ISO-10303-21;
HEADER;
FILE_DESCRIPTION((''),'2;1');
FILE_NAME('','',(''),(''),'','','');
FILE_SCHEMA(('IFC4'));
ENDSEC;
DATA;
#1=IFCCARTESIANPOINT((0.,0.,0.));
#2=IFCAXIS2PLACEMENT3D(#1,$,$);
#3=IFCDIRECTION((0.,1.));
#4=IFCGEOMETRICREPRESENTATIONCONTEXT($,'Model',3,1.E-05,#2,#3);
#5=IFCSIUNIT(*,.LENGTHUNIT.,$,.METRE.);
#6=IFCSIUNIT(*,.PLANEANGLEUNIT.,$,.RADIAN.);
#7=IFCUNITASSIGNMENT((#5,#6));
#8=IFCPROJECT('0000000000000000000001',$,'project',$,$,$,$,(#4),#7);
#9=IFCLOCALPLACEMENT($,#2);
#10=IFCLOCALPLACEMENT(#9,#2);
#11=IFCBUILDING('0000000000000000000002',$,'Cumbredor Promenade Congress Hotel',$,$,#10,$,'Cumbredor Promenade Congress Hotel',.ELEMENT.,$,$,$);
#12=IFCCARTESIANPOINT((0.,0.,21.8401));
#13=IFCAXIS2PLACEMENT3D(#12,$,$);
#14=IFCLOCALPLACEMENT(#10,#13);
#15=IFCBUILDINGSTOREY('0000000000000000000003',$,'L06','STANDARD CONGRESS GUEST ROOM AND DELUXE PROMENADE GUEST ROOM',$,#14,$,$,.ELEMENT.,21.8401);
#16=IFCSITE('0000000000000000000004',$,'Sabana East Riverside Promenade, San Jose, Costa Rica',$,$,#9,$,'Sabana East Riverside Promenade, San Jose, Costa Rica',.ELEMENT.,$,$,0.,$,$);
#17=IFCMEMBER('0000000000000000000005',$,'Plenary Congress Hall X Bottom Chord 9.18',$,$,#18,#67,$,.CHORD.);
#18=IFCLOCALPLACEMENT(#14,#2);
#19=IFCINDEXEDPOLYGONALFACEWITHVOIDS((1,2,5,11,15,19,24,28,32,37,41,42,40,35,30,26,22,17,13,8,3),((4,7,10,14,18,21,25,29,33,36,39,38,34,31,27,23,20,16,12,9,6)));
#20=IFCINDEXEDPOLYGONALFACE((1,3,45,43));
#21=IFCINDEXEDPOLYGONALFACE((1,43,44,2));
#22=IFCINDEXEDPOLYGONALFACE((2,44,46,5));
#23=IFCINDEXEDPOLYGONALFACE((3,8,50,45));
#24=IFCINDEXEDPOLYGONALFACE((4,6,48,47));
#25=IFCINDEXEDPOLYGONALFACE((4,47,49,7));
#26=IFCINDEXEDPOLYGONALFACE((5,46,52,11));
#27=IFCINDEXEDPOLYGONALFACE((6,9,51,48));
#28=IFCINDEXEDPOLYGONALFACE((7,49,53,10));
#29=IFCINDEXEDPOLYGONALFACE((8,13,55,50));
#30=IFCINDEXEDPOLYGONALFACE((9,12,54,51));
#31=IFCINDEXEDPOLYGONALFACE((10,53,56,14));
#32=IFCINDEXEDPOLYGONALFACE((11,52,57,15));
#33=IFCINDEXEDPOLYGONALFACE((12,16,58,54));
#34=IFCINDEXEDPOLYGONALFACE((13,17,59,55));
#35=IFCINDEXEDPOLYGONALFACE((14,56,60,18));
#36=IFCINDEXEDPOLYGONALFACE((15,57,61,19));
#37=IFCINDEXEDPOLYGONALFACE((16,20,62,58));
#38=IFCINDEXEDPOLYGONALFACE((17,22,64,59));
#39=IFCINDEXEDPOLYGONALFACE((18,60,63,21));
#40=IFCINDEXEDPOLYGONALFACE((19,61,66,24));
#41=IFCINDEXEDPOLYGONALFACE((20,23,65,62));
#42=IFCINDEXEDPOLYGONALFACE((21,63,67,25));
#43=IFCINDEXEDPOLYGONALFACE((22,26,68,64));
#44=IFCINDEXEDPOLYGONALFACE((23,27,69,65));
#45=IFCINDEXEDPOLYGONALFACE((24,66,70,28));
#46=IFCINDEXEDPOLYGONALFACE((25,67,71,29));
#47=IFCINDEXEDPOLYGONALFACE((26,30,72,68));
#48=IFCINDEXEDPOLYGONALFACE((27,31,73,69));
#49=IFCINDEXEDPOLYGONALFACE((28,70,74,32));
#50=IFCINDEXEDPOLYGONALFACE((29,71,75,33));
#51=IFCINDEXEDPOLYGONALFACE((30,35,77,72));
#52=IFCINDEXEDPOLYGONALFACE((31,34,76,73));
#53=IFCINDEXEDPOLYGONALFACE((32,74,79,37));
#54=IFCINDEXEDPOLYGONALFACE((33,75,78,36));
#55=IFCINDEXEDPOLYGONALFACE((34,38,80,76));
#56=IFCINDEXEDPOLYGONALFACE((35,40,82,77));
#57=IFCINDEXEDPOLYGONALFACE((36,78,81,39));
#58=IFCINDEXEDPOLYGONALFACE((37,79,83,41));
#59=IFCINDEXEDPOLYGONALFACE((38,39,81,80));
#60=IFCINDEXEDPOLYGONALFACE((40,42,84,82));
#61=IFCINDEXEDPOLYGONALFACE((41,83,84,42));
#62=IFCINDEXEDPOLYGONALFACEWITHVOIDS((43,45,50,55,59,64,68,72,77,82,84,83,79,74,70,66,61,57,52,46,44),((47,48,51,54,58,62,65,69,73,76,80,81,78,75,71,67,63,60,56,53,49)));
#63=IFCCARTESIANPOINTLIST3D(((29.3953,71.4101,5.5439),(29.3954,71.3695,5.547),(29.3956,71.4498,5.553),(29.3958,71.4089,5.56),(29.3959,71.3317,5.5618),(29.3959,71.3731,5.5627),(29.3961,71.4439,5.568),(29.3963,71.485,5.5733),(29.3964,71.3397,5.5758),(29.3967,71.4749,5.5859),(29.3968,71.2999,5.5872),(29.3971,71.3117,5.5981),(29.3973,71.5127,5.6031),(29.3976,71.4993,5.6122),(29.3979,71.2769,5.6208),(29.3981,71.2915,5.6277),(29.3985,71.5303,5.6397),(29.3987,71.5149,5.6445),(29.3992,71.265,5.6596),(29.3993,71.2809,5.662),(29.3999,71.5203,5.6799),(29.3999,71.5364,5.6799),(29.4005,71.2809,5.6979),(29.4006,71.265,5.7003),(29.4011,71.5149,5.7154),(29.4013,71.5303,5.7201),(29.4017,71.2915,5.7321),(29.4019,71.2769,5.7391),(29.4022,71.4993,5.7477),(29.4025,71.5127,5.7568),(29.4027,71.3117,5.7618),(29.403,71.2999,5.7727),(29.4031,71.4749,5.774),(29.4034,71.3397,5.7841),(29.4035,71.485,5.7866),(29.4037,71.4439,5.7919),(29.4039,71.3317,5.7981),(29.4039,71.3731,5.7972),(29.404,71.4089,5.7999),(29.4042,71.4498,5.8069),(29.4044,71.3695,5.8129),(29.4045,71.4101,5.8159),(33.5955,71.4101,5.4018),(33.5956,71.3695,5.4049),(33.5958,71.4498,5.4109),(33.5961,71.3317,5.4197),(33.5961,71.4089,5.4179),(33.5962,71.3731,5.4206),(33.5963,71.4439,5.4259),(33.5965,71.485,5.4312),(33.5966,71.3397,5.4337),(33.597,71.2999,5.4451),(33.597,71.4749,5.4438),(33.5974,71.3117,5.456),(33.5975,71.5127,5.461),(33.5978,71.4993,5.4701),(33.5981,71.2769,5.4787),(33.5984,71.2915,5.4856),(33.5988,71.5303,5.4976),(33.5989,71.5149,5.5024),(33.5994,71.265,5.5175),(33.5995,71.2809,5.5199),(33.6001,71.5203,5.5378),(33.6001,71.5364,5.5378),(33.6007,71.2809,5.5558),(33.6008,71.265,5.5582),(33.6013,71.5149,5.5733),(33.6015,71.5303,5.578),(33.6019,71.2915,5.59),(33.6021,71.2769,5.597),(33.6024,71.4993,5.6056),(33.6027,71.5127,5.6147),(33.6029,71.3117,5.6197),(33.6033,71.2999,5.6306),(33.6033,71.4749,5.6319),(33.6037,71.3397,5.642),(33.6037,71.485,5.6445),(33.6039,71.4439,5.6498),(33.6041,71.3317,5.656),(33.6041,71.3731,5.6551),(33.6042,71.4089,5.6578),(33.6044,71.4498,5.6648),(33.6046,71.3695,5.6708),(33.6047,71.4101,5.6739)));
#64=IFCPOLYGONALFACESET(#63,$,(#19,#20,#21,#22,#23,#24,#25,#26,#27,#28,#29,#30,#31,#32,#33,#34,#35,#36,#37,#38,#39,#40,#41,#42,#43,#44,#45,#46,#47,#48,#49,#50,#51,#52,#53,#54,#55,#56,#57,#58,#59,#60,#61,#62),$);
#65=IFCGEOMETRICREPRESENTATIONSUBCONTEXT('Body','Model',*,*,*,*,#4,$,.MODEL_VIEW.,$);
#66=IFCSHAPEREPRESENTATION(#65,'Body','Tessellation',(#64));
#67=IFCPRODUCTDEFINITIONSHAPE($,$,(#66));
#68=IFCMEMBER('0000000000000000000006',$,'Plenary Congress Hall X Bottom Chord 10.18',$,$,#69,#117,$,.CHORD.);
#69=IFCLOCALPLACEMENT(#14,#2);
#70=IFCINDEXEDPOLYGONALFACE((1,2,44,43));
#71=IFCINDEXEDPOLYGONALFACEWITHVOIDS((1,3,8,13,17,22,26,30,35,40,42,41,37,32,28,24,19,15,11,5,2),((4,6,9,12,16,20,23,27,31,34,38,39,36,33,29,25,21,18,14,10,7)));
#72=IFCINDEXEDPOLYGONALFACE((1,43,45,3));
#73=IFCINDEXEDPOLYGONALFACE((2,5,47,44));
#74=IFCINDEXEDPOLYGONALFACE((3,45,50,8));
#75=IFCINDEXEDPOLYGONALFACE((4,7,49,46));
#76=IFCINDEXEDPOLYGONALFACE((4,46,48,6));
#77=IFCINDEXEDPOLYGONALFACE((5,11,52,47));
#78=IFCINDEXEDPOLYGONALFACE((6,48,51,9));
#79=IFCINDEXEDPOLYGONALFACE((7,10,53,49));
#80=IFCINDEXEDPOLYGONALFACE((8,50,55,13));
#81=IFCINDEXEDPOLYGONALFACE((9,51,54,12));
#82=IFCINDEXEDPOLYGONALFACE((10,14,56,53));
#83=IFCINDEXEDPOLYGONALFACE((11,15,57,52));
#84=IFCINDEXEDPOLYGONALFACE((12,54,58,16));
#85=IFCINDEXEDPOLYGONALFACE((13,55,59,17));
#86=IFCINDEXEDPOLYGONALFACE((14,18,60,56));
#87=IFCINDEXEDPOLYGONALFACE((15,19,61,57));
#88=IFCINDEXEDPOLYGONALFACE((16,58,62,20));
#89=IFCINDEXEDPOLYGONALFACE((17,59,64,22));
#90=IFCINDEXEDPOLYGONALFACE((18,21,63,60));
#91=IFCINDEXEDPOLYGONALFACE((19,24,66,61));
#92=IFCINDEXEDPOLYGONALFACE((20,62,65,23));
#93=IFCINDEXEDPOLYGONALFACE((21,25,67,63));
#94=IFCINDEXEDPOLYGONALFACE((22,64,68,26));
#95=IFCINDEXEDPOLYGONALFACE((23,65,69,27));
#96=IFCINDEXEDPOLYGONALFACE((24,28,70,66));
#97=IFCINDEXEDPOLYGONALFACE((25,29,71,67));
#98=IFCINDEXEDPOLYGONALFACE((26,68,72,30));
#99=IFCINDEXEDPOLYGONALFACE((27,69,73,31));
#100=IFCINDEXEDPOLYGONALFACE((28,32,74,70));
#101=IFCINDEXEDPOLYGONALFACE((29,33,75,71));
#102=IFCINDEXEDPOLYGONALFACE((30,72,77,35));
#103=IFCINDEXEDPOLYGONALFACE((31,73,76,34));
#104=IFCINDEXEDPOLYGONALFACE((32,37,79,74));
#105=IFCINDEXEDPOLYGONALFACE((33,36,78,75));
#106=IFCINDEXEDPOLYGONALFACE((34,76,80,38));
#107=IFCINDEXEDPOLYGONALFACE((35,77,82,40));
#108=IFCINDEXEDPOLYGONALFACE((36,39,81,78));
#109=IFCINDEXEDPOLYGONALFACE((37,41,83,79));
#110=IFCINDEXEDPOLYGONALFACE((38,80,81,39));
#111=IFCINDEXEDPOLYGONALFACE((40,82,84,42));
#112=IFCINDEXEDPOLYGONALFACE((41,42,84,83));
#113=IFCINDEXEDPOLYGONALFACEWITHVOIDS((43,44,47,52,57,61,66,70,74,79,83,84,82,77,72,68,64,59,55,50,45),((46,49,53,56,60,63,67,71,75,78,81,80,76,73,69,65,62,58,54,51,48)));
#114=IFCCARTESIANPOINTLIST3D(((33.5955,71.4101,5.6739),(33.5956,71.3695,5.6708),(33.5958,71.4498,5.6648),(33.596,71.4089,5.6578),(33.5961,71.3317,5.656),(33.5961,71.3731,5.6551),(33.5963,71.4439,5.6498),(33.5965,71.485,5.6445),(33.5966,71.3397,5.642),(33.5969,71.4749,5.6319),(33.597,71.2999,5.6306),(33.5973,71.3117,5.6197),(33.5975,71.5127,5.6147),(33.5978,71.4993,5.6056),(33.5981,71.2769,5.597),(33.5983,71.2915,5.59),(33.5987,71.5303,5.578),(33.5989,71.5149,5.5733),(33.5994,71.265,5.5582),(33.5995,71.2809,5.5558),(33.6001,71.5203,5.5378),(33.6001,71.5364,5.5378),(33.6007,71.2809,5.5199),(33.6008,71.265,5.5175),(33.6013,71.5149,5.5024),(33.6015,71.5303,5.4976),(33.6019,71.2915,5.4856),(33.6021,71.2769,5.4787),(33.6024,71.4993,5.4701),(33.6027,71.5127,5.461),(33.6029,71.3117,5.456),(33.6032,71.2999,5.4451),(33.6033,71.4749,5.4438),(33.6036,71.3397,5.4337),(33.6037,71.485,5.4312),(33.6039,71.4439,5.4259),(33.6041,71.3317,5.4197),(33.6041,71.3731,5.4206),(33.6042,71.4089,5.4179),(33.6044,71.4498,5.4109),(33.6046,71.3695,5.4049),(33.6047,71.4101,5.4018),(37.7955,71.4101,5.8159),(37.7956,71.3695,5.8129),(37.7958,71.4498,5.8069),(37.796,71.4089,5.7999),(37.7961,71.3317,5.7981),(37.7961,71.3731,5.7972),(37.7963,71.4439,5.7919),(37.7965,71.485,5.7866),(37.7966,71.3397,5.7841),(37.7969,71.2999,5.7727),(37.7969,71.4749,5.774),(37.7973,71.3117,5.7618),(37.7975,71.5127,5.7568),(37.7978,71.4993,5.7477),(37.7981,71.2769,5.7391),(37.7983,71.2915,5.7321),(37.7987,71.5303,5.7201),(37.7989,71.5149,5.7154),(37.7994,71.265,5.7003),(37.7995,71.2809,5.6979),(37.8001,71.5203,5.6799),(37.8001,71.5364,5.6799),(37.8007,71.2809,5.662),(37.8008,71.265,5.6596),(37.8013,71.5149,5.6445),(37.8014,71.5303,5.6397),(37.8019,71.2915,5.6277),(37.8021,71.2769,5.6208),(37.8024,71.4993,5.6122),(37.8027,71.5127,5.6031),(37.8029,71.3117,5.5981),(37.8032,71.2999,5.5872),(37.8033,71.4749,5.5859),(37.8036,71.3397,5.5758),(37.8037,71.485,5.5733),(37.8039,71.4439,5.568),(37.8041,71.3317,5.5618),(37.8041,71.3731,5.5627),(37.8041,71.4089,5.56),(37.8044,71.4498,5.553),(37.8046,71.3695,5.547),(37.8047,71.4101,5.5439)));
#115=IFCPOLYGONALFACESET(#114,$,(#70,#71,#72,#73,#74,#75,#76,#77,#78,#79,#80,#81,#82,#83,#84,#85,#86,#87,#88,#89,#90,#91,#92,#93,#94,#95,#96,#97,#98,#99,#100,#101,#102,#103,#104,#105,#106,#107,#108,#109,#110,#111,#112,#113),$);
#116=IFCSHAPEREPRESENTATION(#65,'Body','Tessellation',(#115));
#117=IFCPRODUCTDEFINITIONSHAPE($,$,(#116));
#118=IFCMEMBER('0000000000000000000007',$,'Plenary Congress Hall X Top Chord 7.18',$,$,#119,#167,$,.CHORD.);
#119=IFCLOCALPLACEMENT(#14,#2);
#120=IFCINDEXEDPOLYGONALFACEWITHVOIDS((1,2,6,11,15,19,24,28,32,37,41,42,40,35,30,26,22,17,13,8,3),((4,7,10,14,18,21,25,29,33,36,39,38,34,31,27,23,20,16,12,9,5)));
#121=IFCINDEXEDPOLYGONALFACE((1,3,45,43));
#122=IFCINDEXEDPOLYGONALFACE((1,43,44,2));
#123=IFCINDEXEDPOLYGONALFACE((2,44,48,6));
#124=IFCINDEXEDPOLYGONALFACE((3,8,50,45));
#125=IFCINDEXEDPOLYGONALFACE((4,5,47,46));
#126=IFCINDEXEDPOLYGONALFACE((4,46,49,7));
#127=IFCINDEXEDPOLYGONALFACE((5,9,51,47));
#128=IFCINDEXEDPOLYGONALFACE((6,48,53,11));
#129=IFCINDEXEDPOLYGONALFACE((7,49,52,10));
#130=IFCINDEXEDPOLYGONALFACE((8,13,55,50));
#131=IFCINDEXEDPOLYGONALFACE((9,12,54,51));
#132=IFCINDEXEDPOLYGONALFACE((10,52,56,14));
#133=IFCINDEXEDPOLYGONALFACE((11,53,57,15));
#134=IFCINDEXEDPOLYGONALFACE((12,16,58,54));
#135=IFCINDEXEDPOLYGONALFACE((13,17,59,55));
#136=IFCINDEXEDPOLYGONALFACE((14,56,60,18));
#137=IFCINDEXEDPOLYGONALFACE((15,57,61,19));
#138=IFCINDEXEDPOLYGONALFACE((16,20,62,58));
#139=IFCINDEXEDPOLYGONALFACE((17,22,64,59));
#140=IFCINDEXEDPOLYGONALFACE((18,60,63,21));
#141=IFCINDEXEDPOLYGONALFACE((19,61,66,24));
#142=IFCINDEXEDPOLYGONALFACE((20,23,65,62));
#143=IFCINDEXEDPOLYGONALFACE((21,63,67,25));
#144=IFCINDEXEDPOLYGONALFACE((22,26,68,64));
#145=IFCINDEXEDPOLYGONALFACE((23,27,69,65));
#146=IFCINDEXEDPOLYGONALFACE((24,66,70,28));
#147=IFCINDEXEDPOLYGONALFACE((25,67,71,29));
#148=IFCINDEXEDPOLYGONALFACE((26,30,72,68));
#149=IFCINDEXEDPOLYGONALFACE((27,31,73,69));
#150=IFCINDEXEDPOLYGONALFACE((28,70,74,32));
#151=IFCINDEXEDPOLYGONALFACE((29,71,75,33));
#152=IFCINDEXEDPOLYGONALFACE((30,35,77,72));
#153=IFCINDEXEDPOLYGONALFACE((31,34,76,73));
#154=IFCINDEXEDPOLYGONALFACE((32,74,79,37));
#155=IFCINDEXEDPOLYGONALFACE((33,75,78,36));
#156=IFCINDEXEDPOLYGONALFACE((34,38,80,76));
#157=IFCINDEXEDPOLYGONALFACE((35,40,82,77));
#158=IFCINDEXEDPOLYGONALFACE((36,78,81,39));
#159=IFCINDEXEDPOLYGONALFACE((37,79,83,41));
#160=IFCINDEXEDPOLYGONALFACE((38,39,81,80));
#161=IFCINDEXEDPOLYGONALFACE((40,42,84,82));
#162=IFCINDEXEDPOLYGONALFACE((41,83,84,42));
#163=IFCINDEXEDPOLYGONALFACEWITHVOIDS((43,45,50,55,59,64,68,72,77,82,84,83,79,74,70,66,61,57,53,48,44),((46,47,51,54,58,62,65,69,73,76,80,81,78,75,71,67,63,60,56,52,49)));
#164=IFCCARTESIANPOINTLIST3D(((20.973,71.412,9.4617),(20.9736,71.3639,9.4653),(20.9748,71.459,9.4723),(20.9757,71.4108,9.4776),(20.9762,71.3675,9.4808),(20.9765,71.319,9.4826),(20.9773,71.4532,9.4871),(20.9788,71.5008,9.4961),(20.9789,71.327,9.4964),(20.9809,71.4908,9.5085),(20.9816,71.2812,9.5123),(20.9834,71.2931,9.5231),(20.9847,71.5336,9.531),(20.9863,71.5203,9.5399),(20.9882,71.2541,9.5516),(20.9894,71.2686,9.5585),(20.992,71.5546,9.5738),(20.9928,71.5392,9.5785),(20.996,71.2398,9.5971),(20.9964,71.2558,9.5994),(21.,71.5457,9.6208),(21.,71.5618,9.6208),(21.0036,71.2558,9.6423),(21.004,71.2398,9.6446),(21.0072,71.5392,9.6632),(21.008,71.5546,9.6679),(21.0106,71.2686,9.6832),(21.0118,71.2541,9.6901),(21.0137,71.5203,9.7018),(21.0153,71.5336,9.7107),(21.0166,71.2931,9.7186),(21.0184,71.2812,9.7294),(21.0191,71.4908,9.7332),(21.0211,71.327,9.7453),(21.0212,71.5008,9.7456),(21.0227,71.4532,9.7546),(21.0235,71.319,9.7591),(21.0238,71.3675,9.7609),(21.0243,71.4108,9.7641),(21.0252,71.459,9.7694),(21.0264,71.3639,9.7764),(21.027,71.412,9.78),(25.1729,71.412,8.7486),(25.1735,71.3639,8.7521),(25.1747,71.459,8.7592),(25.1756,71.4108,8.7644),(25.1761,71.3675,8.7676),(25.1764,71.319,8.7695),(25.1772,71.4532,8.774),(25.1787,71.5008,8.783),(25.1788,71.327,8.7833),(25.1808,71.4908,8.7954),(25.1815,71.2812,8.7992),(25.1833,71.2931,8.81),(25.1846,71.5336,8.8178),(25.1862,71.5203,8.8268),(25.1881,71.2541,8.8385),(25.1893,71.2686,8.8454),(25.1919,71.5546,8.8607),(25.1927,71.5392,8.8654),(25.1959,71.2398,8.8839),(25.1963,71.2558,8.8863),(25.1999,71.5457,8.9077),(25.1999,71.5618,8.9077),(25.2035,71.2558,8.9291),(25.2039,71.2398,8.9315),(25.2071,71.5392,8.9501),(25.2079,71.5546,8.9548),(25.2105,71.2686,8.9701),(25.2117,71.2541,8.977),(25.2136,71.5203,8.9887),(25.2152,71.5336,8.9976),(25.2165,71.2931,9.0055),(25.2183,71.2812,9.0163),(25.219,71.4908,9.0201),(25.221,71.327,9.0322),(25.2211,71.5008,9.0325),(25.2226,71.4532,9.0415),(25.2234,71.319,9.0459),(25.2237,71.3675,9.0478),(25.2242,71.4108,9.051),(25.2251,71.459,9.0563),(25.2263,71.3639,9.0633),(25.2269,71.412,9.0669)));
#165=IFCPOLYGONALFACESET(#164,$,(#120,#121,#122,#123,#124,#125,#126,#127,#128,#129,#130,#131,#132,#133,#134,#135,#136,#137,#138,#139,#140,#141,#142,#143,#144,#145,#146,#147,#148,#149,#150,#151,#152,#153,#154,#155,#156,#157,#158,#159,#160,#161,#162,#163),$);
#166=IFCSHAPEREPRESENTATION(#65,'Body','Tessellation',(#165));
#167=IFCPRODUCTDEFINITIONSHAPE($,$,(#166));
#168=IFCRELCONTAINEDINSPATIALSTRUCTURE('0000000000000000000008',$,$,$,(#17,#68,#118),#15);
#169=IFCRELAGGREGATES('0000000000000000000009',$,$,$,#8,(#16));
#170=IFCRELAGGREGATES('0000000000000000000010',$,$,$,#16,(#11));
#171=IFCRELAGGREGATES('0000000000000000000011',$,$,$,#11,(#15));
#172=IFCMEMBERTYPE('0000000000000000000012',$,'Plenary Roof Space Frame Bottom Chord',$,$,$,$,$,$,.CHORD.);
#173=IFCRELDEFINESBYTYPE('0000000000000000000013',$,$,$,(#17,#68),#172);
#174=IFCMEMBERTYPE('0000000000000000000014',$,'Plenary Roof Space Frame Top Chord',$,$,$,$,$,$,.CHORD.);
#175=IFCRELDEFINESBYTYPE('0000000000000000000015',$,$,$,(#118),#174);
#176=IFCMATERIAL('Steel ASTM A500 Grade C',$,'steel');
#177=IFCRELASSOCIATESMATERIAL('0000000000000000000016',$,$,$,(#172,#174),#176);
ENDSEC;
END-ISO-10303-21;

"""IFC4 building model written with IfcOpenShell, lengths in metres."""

from ifc_helpers import new_model, si_unit, direction, frame, origin, origin_2d, place, context, subcontext, project, spatial, hollow_circle, extrude, material, material_profile, profile_set, type_object, element, save


model = new_model("IFC4")

# Units and contexts
model_context = context("Model", 3, precision=1e-05, world=origin(), true_north=direction((0.0, 1.0)))
body_context = subcontext(model_context, "Body", "Model", "MODEL_VIEW")
ifc_project = project(units=[si_unit("LENGTHUNIT", "METRE"), si_unit("PLANEANGLEUNIT", "RADIAN")], contexts=[model_context])

# Site, building, storey
site_placement = place(None, origin())
site = spatial("IfcSite", under=ifc_project, at=site_placement, Name="Sabana East Riverside Promenade, San Jose, Costa Rica", LongName="Sabana East Riverside Promenade, San Jose, Costa Rica", CompositionType="ELEMENT", RefElevation=0.0)
building_placement = place(site_placement, origin())
building = spatial("IfcBuilding", under=site, at=building_placement, Name="Cumbredor Promenade Congress Hotel", LongName="Cumbredor Promenade Congress Hotel", CompositionType="ELEMENT")
storey_placement = place(building_placement, frame((0.0, 0.0, 21.8401)))
storey = spatial("IfcBuildingStorey", under=building, at=storey_placement, Name="L06", Description="STANDARD CONGRESS GUEST ROOM AND DELUXE PROMENADE GUEST ROOM", CompositionType="ELEMENT", Elevation=21.8401)

# Members
ifc_material_1 = material(Name="Steel ASTM A500 Grade C", Category="steel")
ifc_material_profile_1 = material_profile(ifc_material_1, hollow_circle(Radius=0.1365, WallThickness=0.0161, at=origin_2d()), Name="CHS 273.0x16")
ifc_profile_set_1 = profile_set([ifc_material_profile_1], Name="Steel ASTM A500 Grade C")
member_type_1 = type_object("IfcMemberType", Name="Plenary Roof Space Frame Bottom Chord", PredefinedType="CHORD", material=ifc_profile_set_1)
member_1_placement = place(storey_placement, frame((29.3999, 71.3999, 5.6799), z_axis=(0.999428, 0.0, -0.03381), x_axis=(0.0, 1.0, 0.0)))
element("IfcMember", 1, at=member_1_placement, inside=storey, type_object=member_type_1, Name="Plenary Congress Hall X Bottom Chord 9.18", PredefinedType="CHORD", context=body_context, shape_type="SweptSolid", body=[
    extrude(hollow_circle(Radius=0.1365, WallThickness=0.0161, at=origin_2d()), origin(), (0.0, 0.0, 1.0), 4.2026),
])
member_2_placement = place(storey_placement, frame((33.6001, 71.3999, 5.5378), z_axis=(0.999428, 0.0, 0.033812), x_axis=(0.0, 1.0, 0.0)))
element("IfcMember", 2, at=member_2_placement, inside=storey, type_object=member_type_1, Name="Plenary Congress Hall X Bottom Chord 10.18", PredefinedType="CHORD", context=body_context, shape_type="SweptSolid", body=[
    extrude(hollow_circle(Radius=0.1365, WallThickness=0.0161, at=origin_2d()), origin(), (0.0, 0.0, 1.0), 4.2024),
])
ifc_material_profile_2 = material_profile(ifc_material_1, hollow_circle(Radius=0.1619, WallThickness=0.0161, at=origin_2d()), Name="CHS 323.9x16")
ifc_profile_set_2 = profile_set([ifc_material_profile_2], Name="Steel ASTM A500 Grade C")
member_type_2 = type_object("IfcMemberType", Name="Plenary Roof Space Frame Top Chord", PredefinedType="CHORD", material=ifc_profile_set_2)
member_3_placement = place(storey_placement, frame((21.0, 71.3999, 9.6208), z_axis=(0.985889, 0.0, -0.1674), x_axis=(0.0, 1.0, 0.0)))
element("IfcMember", 3, at=member_3_placement, inside=storey, type_object=member_type_2, Name="Plenary Congress Hall X Top Chord 7.18", PredefinedType="CHORD", context=body_context, shape_type="SweptSolid", body=[
    extrude(hollow_circle(Radius=0.1619, WallThickness=0.0161, at=origin_2d()), origin(), (0.0, 0.0, 1.0), 4.26),
])

save(model, "model.ifc")
